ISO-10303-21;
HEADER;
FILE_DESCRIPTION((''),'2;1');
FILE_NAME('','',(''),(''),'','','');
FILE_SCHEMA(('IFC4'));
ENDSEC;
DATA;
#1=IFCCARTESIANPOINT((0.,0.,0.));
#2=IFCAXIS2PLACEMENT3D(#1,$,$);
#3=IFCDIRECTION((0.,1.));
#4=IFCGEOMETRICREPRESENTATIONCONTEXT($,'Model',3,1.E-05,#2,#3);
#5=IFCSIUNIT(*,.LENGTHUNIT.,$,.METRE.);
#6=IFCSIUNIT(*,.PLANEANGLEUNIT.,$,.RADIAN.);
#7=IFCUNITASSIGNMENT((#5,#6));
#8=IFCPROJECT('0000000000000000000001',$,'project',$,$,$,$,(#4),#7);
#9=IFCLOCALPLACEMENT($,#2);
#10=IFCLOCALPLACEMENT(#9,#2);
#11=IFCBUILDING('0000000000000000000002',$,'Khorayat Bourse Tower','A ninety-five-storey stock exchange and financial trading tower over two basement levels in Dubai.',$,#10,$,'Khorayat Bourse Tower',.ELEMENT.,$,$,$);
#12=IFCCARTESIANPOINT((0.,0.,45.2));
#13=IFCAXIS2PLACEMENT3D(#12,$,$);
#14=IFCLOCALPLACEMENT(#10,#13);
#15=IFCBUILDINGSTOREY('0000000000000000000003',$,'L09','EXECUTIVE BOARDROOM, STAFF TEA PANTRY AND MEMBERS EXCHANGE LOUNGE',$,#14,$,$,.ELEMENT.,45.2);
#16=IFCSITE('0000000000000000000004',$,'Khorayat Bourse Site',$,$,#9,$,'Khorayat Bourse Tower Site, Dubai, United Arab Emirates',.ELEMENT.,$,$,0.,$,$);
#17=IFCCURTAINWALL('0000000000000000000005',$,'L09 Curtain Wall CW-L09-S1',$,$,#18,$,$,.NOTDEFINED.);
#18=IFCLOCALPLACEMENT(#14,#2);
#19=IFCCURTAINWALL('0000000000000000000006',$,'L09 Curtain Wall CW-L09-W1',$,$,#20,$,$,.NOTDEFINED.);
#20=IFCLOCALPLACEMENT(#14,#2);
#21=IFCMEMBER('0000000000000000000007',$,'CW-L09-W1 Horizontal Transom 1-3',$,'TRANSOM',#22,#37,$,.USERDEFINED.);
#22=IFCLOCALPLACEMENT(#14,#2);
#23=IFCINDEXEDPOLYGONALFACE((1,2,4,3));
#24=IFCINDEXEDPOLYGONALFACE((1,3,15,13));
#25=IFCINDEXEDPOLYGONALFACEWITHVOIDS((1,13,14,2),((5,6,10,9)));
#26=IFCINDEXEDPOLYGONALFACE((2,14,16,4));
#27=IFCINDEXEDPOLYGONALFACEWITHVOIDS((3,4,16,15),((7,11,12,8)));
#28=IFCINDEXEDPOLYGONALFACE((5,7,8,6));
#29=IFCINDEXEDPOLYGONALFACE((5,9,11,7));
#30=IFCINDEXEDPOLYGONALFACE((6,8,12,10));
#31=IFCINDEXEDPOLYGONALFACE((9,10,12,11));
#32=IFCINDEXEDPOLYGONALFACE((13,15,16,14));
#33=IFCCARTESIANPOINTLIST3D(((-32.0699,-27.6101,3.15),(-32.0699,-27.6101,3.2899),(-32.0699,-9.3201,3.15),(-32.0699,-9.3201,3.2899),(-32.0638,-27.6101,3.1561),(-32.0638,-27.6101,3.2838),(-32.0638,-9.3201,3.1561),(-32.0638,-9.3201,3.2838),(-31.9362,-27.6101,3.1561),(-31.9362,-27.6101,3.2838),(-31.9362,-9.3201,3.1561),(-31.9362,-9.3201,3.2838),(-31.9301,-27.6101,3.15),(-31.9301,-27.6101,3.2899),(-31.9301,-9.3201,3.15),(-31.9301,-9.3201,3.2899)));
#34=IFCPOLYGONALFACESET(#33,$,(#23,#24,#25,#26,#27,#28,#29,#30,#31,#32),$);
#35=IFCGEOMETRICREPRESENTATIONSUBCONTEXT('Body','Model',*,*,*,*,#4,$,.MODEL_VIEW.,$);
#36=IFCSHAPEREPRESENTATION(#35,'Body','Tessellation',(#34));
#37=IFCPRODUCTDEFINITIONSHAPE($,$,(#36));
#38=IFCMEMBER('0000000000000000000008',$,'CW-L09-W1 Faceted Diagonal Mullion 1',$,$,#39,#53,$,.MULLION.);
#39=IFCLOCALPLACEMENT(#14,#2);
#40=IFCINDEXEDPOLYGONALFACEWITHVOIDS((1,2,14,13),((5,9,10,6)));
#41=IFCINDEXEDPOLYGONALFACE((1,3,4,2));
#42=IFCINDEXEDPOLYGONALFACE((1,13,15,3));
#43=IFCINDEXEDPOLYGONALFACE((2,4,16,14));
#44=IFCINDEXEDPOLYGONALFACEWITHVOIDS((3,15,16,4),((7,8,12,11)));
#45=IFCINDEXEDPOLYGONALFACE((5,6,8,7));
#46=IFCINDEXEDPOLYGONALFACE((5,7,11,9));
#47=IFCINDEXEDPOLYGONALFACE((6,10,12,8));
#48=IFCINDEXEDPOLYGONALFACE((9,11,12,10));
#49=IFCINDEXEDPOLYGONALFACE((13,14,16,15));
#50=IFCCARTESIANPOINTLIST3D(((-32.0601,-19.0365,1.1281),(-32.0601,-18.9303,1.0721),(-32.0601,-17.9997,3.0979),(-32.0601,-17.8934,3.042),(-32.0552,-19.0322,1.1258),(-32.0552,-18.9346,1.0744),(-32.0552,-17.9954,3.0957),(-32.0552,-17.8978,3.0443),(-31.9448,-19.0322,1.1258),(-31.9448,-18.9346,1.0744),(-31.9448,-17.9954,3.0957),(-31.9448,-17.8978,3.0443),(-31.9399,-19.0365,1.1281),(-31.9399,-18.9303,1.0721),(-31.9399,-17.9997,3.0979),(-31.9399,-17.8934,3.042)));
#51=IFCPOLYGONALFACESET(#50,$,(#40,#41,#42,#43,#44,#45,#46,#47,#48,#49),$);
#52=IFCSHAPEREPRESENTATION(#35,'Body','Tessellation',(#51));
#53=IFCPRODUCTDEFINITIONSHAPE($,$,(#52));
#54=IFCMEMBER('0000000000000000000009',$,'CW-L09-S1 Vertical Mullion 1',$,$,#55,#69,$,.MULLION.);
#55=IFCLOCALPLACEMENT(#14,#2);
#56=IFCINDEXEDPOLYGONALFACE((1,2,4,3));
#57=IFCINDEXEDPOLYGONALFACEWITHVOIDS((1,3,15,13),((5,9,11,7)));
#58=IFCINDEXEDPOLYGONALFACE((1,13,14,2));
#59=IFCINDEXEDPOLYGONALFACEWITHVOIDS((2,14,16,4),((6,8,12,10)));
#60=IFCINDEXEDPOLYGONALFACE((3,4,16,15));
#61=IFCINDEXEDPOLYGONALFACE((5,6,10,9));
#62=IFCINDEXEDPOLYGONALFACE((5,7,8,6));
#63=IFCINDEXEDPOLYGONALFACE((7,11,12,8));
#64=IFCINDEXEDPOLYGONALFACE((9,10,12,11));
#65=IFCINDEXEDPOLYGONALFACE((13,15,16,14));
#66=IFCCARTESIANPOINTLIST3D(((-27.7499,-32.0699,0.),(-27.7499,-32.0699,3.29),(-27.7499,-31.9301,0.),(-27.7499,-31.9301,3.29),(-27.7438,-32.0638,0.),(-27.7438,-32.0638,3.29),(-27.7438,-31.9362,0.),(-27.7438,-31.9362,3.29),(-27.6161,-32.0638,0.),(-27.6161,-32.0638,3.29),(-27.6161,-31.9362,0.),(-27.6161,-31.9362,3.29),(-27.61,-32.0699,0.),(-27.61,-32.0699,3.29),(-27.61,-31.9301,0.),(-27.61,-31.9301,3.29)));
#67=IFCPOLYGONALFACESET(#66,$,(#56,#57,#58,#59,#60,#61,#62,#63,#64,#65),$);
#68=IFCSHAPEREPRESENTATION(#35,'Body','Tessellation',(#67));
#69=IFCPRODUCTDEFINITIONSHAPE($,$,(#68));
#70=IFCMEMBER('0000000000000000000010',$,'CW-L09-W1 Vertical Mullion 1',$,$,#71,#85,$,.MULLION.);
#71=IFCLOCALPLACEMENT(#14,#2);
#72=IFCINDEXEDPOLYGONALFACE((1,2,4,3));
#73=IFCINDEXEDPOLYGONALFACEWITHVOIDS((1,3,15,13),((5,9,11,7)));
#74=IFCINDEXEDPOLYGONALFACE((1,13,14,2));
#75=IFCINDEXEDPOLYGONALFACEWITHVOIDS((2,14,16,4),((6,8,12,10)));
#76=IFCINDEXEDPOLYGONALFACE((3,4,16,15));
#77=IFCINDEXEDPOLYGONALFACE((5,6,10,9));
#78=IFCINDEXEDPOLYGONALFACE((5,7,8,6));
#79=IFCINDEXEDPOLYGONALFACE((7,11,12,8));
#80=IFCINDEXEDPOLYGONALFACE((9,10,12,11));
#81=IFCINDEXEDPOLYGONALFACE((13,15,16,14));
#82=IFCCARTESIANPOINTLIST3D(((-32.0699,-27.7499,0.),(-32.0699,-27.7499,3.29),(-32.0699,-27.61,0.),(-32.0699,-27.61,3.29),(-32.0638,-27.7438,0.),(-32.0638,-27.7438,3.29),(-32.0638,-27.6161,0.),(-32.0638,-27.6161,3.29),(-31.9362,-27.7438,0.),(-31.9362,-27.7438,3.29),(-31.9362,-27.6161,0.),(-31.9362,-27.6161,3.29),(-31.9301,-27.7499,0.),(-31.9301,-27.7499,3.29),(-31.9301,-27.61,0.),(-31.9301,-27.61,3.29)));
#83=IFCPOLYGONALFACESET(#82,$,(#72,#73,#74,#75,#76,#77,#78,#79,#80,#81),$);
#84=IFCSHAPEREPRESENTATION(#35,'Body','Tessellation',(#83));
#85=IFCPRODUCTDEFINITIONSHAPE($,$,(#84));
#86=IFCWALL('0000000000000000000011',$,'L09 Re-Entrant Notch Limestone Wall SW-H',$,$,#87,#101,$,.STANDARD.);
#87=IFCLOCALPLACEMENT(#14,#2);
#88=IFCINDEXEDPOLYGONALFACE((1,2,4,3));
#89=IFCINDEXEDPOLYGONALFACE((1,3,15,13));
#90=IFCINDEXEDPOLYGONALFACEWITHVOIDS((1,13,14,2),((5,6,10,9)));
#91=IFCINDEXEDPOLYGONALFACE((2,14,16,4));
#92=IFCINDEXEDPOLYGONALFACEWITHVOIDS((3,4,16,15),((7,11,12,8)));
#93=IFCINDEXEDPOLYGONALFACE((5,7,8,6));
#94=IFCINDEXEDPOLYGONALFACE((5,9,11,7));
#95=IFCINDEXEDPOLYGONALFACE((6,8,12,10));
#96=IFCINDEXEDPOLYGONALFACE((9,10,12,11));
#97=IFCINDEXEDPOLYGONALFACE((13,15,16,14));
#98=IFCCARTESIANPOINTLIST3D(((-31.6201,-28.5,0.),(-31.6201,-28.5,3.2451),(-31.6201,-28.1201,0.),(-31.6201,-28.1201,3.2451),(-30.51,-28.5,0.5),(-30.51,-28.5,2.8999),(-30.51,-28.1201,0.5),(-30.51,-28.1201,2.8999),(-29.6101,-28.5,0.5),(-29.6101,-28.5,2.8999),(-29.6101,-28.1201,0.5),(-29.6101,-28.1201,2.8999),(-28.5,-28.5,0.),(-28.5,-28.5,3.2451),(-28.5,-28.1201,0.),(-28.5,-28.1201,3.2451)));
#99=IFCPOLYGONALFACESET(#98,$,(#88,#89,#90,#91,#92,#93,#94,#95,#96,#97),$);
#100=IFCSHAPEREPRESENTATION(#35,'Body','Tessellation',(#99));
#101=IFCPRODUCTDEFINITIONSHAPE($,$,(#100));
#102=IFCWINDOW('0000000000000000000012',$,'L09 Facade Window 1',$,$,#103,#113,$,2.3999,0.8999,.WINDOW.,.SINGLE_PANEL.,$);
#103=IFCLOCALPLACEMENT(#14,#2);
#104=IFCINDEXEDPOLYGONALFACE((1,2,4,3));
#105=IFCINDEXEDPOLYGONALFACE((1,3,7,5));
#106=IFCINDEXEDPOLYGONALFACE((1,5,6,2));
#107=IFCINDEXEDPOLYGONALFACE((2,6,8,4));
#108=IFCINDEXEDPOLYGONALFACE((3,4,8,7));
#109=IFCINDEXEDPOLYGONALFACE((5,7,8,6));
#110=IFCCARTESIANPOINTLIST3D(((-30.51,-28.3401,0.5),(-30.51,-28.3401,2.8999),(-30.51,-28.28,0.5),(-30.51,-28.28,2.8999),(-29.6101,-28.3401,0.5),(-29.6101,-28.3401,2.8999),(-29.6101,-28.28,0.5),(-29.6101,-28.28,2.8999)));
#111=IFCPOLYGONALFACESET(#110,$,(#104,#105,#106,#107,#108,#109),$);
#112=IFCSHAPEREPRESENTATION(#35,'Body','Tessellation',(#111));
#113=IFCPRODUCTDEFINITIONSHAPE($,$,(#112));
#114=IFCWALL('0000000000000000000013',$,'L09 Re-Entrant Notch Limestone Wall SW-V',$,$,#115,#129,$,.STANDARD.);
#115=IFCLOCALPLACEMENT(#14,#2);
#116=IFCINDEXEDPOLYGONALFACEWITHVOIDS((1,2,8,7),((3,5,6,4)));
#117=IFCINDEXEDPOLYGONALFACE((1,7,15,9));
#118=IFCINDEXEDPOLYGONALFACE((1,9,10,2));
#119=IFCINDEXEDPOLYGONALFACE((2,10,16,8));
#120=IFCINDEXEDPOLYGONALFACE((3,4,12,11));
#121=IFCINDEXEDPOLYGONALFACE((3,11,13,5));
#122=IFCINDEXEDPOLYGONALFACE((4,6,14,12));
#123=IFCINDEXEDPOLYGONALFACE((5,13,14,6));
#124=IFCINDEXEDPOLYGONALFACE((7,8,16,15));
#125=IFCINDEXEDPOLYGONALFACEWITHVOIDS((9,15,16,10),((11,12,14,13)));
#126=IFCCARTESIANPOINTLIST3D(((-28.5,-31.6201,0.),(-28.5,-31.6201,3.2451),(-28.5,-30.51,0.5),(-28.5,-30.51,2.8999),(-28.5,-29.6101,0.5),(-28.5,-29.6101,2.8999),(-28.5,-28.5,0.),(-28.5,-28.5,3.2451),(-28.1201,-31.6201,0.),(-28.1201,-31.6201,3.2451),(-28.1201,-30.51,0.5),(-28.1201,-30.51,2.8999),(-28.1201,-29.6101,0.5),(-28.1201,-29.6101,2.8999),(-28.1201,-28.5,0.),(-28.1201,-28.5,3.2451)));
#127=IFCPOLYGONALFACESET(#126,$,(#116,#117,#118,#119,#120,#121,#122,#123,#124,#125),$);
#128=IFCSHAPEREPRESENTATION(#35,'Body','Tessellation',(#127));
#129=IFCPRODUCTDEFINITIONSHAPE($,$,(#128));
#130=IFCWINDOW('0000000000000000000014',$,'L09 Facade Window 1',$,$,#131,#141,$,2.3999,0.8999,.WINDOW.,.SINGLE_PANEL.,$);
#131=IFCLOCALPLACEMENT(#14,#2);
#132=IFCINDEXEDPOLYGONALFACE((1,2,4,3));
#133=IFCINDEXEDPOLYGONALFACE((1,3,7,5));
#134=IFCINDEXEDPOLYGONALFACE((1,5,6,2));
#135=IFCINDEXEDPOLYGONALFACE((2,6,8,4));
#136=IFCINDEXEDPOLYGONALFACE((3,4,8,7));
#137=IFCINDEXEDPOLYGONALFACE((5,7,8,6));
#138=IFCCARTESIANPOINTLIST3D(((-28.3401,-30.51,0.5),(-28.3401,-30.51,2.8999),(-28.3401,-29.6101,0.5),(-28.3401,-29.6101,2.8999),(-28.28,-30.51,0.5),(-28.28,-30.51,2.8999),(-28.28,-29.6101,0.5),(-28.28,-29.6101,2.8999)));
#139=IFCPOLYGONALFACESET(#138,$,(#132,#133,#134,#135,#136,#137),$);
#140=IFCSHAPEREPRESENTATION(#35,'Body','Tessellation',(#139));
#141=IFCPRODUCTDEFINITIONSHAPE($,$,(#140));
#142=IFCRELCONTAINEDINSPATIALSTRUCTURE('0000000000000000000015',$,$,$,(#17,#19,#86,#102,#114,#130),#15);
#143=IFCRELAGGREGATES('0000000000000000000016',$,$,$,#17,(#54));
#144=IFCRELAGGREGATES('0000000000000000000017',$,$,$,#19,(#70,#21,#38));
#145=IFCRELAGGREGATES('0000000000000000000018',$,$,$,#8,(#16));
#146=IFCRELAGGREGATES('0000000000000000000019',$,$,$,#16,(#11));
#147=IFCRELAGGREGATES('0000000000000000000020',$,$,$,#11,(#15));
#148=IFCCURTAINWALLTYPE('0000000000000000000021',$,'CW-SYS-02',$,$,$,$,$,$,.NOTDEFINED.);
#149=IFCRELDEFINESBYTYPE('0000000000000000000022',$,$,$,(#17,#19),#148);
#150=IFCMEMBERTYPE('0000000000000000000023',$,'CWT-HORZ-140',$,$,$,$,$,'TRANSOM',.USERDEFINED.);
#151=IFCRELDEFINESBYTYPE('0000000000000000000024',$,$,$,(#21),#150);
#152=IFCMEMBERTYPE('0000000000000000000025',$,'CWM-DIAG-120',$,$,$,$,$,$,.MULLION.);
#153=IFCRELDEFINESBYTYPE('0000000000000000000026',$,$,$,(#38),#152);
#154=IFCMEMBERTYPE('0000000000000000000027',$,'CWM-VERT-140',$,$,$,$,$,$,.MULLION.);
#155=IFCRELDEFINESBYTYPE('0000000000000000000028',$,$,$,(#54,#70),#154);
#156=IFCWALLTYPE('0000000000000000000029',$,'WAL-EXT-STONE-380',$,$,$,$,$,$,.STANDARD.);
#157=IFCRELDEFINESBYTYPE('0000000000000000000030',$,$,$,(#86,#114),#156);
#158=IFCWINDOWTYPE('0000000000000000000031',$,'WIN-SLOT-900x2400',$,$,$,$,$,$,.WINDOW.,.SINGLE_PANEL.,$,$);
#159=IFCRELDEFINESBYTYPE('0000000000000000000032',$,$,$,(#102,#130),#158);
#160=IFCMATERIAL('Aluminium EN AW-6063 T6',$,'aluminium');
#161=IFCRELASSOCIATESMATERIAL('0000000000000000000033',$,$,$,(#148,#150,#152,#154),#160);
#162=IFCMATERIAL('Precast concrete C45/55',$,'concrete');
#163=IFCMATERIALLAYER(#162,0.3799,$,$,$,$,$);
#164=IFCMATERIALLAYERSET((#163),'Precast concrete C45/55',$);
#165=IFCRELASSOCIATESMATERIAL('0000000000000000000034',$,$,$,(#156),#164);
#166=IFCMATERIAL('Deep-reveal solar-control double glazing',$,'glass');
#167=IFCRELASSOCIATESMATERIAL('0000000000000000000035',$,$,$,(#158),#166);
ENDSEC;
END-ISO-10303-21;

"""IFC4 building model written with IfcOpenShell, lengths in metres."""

from ifc_helpers import new_model, si_unit, direction, frame, frame_2d, origin, origin_2d, place, context, subcontext, project, spatial, rectangle, hollow_rectangle, extrude, source, transform, mapped, material, layer, layer_set, material_profile, profile_set, type_object, element, fill, aggregate, save


model = new_model("IFC4")

# Units and contexts
model_context = context("Model", 3, precision=1e-05, world=origin(), true_north=direction((0.0, 1.0)))
body_context = subcontext(model_context, "Body", "Model", "MODEL_VIEW")
ifc_project = project(units=[si_unit("LENGTHUNIT", "METRE"), si_unit("PLANEANGLEUNIT", "RADIAN")], contexts=[model_context])

# Site, building, storey
site_placement = place(None, origin())
site = spatial("IfcSite", under=ifc_project, at=site_placement, Name="Khorayat Bourse Site", LongName="Khorayat Bourse Tower Site, Dubai, United Arab Emirates", CompositionType="ELEMENT", RefElevation=0.0)
building_placement = place(site_placement, origin())
building = spatial("IfcBuilding", under=site, at=building_placement, Name="Khorayat Bourse Tower", Description="A ninety-five-storey stock exchange and financial trading tower over two basement levels in Dubai.", LongName="Khorayat Bourse Tower", CompositionType="ELEMENT")
storey_placement = place(building_placement, frame((0.0, 0.0, 45.2)))
storey = spatial("IfcBuildingStorey", under=building, at=storey_placement, Name="L09", Description="EXECUTIVE BOARDROOM, STAFF TEA PANTRY AND MEMBERS EXCHANGE LOUNGE", CompositionType="ELEMENT", Elevation=45.2)

# Curtain walls, members
ifc_material_1 = material(Name="Aluminium EN AW-6063 T6", Category="aluminium")
curtain_wall_type = type_object("IfcCurtainWallType", Name="CW-SYS-02", PredefinedType="NOTDEFINED", material=ifc_material_1)
curtain_wall_1_placement = place(storey_placement, origin())
curtain_wall_1 = element("IfcCurtainWall", 1, at=curtain_wall_1_placement, inside=storey, type_object=curtain_wall_type, Name="L09 Curtain Wall CW-L09-S1", PredefinedType="NOTDEFINED")
ifc_material_profile_1 = material_profile(ifc_material_1, hollow_rectangle(XDim=0.1399, YDim=0.1399, WallThickness=0.0061, at=origin_2d()), Name="ALU 140x140x6")
ifc_profile_set_1 = profile_set([ifc_material_profile_1], Name="Aluminium EN AW-6063 T6")
member_type_1 = type_object("IfcMemberType", Name="CWT-HORZ-140", ElementType="TRANSOM", PredefinedType="USERDEFINED", material=ifc_profile_set_1)
shared_shape_1 = source(origin(), body_context, "Body", "SweptSolid", [
    extrude(hollow_rectangle(XDim=0.1399, YDim=0.1399, WallThickness=0.0061, at=origin_2d()), origin(), (0.0, 0.0, 1.0), 18.29),
])
curtain_wall_2_placement = place(storey_placement, origin())
curtain_wall_2 = element("IfcCurtainWall", 2, at=curtain_wall_2_placement, inside=storey, type_object=curtain_wall_type, Name="L09 Curtain Wall CW-L09-W1", PredefinedType="NOTDEFINED")
member_1_placement = place(storey_placement, frame((-32.0, -27.6101, 3.22), z_axis=(0.0, 1.0, 0.0), x_axis=(-1.0, 0.0, 0.0)))
member_1 = element("IfcMember", 3, at=member_1_placement, type_object=member_type_1, Name="CW-L09-W1 Horizontal Transom 1-3", ObjectType="TRANSOM", PredefinedType="USERDEFINED", context=body_context, shape_type="MappedRepresentation", body=[
    mapped(shared_shape_1, transform((0.0, 0.0, 0.0), scale=1.0)),
])
ifc_material_profile_2 = material_profile(ifc_material_1, hollow_rectangle(XDim=0.1201, YDim=0.1201, WallThickness=0.0049, at=origin_2d()), Name="ALU 120x120x5")
ifc_profile_set_2 = profile_set([ifc_material_profile_2], Name="Aluminium EN AW-6063 T6")
member_type_2 = type_object("IfcMemberType", Name="CWM-DIAG-120", PredefinedType="MULLION", material=ifc_profile_set_2)
shared_shape_2 = source(origin(), body_context, "Body", "SweptSolid", [
    extrude(hollow_rectangle(XDim=0.1201, YDim=0.1201, WallThickness=0.0049, at=origin_2d()), origin(), (0.0, 0.0, 1.0), 2.2261),
])
member_2_placement = place(storey_placement, frame((-32.0, -18.9834, 1.1001), z_axis=(0.0, 0.46576, 0.884911), x_axis=(-1.0, 0.0, 0.0)))
member_2 = element("IfcMember", 4, at=member_2_placement, type_object=member_type_2, Name="CW-L09-W1 Faceted Diagonal Mullion 1", PredefinedType="MULLION", context=body_context, shape_type="MappedRepresentation", body=[
    mapped(shared_shape_2, transform((0.0, 0.0, 0.0), scale=1.0)),
])

# Members
ifc_material_profile_3 = material_profile(ifc_material_1, hollow_rectangle(XDim=0.1399, YDim=0.1399, WallThickness=0.0061, at=origin_2d()), Name="ALU 140x140x6")
ifc_profile_set_3 = profile_set([ifc_material_profile_3], Name="Aluminium EN AW-6063 T6")
member_type_3 = type_object("IfcMemberType", Name="CWM-VERT-140", PredefinedType="MULLION", material=ifc_profile_set_3)
shared_shape_3 = source(origin(), body_context, "Body", "SweptSolid", [
    extrude(hollow_rectangle(XDim=0.1399, YDim=0.1399, WallThickness=0.0061, at=origin_2d()), origin(), (0.0, 0.0, 1.0), 3.29),
])
member_3_placement = place(storey_placement, frame((-27.6799, -32.0, 0.0), z_axis=(0.0, 0.0, 1.0), x_axis=(0.0, 1.0, 0.0)))
member_3 = element("IfcMember", 5, at=member_3_placement, type_object=member_type_3, Name="CW-L09-S1 Vertical Mullion 1", PredefinedType="MULLION", context=body_context, shape_type="MappedRepresentation", body=[
    mapped(shared_shape_3, transform((0.0, 0.0, 0.0), scale=1.0)),
])
aggregate(curtain_wall_1, [member_3])
member_4_placement = place(storey_placement, frame((-32.0, -27.6799, 0.0), z_axis=(0.0, 0.0, 1.0), x_axis=(-1.0, 0.0, 0.0)))
member_4 = element("IfcMember", 6, at=member_4_placement, type_object=member_type_3, Name="CW-L09-W1 Vertical Mullion 1", PredefinedType="MULLION", context=body_context, shape_type="MappedRepresentation", body=[
    mapped(shared_shape_3, transform((0.0, 0.0, 0.0), scale=1.0)),
])
aggregate(curtain_wall_2, [member_4, member_1, member_2])

# Walls, openings, windows
ifc_material_2 = material(Name="Precast concrete C45/55", Category="concrete")
ifc_layer_1 = layer(ifc_material_2, 0.3799)
ifc_layer_set_1 = layer_set([ifc_layer_1], Name="Precast concrete C45/55")
wall_type_1 = type_object("IfcWallType", Name="WAL-EXT-STONE-380", PredefinedType="STANDARD", material=ifc_layer_set_1)
shared_shape_4 = source(origin(), body_context, "Body", "SweptSolid", [
    extrude(rectangle(XDim=3.1201, YDim=0.3799, at=frame_2d((1.5601, 0.0))), origin(), (0.0, 0.0, 1.0), 3.2451),
])
wall_1_placement = place(storey_placement, frame((-28.5, -28.3101, 0.0), z_axis=(0.0, 0.0, 1.0), x_axis=(-1.0, 0.0, 0.0)))
wall_1 = element("IfcWall", 7, at=wall_1_placement, inside=storey, type_object=wall_type_1, Name="L09 Re-Entrant Notch Limestone Wall SW-H", PredefinedType="STANDARD", context=body_context, shape_type="MappedRepresentation", body=[
    mapped(shared_shape_4, transform((0.0, 0.0, 0.0), scale=1.0)),
])
shared_shape_5 = source(origin(), body_context, "Body", "SweptSolid", [
    extrude(rectangle(XDim=0.8999, YDim=2.3999, at=frame_2d((0.45, 1.2))), frame((0.0, 0.2, 0.0), z_axis=(0.0, -1.0, 0.0), x_axis=(1.0, 0.0, 0.0)), (0.0, 0.0, 1.0), 0.3999),
])
opening_1_placement = place(wall_1_placement, frame((1.1101, 0.0, 0.5)))
opening_1 = element("IfcOpeningElement", 8, at=opening_1_placement, cuts=wall_1, PredefinedType="OPENING", context=body_context, shape_type="MappedRepresentation", body=[
    mapped(shared_shape_5, transform((0.0, 0.0, 0.0), scale=1.0)),
])
ifc_material_3 = material(Name="Deep-reveal solar-control double glazing", Category="glass")
window_type = type_object("IfcWindowType", Name="WIN-SLOT-900x2400", PartitioningType="SINGLE_PANEL", PredefinedType="WINDOW", material=ifc_material_3)
shared_shape_6 = source(origin(), body_context, "Body", "SweptSolid", [
    extrude(rectangle(XDim=0.8999, YDim=2.3999, at=frame_2d((0.45, 1.2))), frame((0.0, 0.03, 0.0), z_axis=(0.0, -1.0, 0.0), x_axis=(1.0, 0.0, 0.0)), (0.0, 0.0, 1.0), 0.0601),
])
window_1_placement = place(opening_1_placement, origin())
window_1 = element("IfcWindow", 9, at=window_1_placement, inside=storey, type_object=window_type, Name="L09 Facade Window 1", OverallHeight=2.3999, OverallWidth=0.8999, PartitioningType="SINGLE_PANEL", PredefinedType="WINDOW", context=body_context, shape_type="MappedRepresentation", body=[
    mapped(shared_shape_6, transform((0.0, 0.0, 0.0), scale=1.0)),
])
fill(opening_1, window_1)
wall_2_placement = place(storey_placement, frame((-28.3101, -31.6201, 0.0), z_axis=(0.0, 0.0, 1.0), x_axis=(0.0, 1.0, 0.0)))
wall_2 = element("IfcWall", 10, at=wall_2_placement, inside=storey, type_object=wall_type_1, Name="L09 Re-Entrant Notch Limestone Wall SW-V", PredefinedType="STANDARD", context=body_context, shape_type="MappedRepresentation", body=[
    mapped(shared_shape_4, transform((0.0, 0.0, 0.0), scale=1.0)),
])
opening_2_placement = place(wall_2_placement, frame((1.1101, 0.0, 0.5)))
opening_2 = element("IfcOpeningElement", 11, at=opening_2_placement, cuts=wall_2, PredefinedType="OPENING", context=body_context, shape_type="MappedRepresentation", body=[
    mapped(shared_shape_5, transform((0.0, 0.0, 0.0), scale=1.0)),
])
window_2_placement = place(opening_2_placement, origin())
window_2 = element("IfcWindow", 12, at=window_2_placement, inside=storey, type_object=window_type, Name="L09 Facade Window 1", OverallHeight=2.3999, OverallWidth=0.8999, PartitioningType="SINGLE_PANEL", PredefinedType="WINDOW", context=body_context, shape_type="MappedRepresentation", body=[
    mapped(shared_shape_6, transform((0.0, 0.0, 0.0), scale=1.0)),
])
fill(opening_2, window_2)

save(model, "model.ifc")
